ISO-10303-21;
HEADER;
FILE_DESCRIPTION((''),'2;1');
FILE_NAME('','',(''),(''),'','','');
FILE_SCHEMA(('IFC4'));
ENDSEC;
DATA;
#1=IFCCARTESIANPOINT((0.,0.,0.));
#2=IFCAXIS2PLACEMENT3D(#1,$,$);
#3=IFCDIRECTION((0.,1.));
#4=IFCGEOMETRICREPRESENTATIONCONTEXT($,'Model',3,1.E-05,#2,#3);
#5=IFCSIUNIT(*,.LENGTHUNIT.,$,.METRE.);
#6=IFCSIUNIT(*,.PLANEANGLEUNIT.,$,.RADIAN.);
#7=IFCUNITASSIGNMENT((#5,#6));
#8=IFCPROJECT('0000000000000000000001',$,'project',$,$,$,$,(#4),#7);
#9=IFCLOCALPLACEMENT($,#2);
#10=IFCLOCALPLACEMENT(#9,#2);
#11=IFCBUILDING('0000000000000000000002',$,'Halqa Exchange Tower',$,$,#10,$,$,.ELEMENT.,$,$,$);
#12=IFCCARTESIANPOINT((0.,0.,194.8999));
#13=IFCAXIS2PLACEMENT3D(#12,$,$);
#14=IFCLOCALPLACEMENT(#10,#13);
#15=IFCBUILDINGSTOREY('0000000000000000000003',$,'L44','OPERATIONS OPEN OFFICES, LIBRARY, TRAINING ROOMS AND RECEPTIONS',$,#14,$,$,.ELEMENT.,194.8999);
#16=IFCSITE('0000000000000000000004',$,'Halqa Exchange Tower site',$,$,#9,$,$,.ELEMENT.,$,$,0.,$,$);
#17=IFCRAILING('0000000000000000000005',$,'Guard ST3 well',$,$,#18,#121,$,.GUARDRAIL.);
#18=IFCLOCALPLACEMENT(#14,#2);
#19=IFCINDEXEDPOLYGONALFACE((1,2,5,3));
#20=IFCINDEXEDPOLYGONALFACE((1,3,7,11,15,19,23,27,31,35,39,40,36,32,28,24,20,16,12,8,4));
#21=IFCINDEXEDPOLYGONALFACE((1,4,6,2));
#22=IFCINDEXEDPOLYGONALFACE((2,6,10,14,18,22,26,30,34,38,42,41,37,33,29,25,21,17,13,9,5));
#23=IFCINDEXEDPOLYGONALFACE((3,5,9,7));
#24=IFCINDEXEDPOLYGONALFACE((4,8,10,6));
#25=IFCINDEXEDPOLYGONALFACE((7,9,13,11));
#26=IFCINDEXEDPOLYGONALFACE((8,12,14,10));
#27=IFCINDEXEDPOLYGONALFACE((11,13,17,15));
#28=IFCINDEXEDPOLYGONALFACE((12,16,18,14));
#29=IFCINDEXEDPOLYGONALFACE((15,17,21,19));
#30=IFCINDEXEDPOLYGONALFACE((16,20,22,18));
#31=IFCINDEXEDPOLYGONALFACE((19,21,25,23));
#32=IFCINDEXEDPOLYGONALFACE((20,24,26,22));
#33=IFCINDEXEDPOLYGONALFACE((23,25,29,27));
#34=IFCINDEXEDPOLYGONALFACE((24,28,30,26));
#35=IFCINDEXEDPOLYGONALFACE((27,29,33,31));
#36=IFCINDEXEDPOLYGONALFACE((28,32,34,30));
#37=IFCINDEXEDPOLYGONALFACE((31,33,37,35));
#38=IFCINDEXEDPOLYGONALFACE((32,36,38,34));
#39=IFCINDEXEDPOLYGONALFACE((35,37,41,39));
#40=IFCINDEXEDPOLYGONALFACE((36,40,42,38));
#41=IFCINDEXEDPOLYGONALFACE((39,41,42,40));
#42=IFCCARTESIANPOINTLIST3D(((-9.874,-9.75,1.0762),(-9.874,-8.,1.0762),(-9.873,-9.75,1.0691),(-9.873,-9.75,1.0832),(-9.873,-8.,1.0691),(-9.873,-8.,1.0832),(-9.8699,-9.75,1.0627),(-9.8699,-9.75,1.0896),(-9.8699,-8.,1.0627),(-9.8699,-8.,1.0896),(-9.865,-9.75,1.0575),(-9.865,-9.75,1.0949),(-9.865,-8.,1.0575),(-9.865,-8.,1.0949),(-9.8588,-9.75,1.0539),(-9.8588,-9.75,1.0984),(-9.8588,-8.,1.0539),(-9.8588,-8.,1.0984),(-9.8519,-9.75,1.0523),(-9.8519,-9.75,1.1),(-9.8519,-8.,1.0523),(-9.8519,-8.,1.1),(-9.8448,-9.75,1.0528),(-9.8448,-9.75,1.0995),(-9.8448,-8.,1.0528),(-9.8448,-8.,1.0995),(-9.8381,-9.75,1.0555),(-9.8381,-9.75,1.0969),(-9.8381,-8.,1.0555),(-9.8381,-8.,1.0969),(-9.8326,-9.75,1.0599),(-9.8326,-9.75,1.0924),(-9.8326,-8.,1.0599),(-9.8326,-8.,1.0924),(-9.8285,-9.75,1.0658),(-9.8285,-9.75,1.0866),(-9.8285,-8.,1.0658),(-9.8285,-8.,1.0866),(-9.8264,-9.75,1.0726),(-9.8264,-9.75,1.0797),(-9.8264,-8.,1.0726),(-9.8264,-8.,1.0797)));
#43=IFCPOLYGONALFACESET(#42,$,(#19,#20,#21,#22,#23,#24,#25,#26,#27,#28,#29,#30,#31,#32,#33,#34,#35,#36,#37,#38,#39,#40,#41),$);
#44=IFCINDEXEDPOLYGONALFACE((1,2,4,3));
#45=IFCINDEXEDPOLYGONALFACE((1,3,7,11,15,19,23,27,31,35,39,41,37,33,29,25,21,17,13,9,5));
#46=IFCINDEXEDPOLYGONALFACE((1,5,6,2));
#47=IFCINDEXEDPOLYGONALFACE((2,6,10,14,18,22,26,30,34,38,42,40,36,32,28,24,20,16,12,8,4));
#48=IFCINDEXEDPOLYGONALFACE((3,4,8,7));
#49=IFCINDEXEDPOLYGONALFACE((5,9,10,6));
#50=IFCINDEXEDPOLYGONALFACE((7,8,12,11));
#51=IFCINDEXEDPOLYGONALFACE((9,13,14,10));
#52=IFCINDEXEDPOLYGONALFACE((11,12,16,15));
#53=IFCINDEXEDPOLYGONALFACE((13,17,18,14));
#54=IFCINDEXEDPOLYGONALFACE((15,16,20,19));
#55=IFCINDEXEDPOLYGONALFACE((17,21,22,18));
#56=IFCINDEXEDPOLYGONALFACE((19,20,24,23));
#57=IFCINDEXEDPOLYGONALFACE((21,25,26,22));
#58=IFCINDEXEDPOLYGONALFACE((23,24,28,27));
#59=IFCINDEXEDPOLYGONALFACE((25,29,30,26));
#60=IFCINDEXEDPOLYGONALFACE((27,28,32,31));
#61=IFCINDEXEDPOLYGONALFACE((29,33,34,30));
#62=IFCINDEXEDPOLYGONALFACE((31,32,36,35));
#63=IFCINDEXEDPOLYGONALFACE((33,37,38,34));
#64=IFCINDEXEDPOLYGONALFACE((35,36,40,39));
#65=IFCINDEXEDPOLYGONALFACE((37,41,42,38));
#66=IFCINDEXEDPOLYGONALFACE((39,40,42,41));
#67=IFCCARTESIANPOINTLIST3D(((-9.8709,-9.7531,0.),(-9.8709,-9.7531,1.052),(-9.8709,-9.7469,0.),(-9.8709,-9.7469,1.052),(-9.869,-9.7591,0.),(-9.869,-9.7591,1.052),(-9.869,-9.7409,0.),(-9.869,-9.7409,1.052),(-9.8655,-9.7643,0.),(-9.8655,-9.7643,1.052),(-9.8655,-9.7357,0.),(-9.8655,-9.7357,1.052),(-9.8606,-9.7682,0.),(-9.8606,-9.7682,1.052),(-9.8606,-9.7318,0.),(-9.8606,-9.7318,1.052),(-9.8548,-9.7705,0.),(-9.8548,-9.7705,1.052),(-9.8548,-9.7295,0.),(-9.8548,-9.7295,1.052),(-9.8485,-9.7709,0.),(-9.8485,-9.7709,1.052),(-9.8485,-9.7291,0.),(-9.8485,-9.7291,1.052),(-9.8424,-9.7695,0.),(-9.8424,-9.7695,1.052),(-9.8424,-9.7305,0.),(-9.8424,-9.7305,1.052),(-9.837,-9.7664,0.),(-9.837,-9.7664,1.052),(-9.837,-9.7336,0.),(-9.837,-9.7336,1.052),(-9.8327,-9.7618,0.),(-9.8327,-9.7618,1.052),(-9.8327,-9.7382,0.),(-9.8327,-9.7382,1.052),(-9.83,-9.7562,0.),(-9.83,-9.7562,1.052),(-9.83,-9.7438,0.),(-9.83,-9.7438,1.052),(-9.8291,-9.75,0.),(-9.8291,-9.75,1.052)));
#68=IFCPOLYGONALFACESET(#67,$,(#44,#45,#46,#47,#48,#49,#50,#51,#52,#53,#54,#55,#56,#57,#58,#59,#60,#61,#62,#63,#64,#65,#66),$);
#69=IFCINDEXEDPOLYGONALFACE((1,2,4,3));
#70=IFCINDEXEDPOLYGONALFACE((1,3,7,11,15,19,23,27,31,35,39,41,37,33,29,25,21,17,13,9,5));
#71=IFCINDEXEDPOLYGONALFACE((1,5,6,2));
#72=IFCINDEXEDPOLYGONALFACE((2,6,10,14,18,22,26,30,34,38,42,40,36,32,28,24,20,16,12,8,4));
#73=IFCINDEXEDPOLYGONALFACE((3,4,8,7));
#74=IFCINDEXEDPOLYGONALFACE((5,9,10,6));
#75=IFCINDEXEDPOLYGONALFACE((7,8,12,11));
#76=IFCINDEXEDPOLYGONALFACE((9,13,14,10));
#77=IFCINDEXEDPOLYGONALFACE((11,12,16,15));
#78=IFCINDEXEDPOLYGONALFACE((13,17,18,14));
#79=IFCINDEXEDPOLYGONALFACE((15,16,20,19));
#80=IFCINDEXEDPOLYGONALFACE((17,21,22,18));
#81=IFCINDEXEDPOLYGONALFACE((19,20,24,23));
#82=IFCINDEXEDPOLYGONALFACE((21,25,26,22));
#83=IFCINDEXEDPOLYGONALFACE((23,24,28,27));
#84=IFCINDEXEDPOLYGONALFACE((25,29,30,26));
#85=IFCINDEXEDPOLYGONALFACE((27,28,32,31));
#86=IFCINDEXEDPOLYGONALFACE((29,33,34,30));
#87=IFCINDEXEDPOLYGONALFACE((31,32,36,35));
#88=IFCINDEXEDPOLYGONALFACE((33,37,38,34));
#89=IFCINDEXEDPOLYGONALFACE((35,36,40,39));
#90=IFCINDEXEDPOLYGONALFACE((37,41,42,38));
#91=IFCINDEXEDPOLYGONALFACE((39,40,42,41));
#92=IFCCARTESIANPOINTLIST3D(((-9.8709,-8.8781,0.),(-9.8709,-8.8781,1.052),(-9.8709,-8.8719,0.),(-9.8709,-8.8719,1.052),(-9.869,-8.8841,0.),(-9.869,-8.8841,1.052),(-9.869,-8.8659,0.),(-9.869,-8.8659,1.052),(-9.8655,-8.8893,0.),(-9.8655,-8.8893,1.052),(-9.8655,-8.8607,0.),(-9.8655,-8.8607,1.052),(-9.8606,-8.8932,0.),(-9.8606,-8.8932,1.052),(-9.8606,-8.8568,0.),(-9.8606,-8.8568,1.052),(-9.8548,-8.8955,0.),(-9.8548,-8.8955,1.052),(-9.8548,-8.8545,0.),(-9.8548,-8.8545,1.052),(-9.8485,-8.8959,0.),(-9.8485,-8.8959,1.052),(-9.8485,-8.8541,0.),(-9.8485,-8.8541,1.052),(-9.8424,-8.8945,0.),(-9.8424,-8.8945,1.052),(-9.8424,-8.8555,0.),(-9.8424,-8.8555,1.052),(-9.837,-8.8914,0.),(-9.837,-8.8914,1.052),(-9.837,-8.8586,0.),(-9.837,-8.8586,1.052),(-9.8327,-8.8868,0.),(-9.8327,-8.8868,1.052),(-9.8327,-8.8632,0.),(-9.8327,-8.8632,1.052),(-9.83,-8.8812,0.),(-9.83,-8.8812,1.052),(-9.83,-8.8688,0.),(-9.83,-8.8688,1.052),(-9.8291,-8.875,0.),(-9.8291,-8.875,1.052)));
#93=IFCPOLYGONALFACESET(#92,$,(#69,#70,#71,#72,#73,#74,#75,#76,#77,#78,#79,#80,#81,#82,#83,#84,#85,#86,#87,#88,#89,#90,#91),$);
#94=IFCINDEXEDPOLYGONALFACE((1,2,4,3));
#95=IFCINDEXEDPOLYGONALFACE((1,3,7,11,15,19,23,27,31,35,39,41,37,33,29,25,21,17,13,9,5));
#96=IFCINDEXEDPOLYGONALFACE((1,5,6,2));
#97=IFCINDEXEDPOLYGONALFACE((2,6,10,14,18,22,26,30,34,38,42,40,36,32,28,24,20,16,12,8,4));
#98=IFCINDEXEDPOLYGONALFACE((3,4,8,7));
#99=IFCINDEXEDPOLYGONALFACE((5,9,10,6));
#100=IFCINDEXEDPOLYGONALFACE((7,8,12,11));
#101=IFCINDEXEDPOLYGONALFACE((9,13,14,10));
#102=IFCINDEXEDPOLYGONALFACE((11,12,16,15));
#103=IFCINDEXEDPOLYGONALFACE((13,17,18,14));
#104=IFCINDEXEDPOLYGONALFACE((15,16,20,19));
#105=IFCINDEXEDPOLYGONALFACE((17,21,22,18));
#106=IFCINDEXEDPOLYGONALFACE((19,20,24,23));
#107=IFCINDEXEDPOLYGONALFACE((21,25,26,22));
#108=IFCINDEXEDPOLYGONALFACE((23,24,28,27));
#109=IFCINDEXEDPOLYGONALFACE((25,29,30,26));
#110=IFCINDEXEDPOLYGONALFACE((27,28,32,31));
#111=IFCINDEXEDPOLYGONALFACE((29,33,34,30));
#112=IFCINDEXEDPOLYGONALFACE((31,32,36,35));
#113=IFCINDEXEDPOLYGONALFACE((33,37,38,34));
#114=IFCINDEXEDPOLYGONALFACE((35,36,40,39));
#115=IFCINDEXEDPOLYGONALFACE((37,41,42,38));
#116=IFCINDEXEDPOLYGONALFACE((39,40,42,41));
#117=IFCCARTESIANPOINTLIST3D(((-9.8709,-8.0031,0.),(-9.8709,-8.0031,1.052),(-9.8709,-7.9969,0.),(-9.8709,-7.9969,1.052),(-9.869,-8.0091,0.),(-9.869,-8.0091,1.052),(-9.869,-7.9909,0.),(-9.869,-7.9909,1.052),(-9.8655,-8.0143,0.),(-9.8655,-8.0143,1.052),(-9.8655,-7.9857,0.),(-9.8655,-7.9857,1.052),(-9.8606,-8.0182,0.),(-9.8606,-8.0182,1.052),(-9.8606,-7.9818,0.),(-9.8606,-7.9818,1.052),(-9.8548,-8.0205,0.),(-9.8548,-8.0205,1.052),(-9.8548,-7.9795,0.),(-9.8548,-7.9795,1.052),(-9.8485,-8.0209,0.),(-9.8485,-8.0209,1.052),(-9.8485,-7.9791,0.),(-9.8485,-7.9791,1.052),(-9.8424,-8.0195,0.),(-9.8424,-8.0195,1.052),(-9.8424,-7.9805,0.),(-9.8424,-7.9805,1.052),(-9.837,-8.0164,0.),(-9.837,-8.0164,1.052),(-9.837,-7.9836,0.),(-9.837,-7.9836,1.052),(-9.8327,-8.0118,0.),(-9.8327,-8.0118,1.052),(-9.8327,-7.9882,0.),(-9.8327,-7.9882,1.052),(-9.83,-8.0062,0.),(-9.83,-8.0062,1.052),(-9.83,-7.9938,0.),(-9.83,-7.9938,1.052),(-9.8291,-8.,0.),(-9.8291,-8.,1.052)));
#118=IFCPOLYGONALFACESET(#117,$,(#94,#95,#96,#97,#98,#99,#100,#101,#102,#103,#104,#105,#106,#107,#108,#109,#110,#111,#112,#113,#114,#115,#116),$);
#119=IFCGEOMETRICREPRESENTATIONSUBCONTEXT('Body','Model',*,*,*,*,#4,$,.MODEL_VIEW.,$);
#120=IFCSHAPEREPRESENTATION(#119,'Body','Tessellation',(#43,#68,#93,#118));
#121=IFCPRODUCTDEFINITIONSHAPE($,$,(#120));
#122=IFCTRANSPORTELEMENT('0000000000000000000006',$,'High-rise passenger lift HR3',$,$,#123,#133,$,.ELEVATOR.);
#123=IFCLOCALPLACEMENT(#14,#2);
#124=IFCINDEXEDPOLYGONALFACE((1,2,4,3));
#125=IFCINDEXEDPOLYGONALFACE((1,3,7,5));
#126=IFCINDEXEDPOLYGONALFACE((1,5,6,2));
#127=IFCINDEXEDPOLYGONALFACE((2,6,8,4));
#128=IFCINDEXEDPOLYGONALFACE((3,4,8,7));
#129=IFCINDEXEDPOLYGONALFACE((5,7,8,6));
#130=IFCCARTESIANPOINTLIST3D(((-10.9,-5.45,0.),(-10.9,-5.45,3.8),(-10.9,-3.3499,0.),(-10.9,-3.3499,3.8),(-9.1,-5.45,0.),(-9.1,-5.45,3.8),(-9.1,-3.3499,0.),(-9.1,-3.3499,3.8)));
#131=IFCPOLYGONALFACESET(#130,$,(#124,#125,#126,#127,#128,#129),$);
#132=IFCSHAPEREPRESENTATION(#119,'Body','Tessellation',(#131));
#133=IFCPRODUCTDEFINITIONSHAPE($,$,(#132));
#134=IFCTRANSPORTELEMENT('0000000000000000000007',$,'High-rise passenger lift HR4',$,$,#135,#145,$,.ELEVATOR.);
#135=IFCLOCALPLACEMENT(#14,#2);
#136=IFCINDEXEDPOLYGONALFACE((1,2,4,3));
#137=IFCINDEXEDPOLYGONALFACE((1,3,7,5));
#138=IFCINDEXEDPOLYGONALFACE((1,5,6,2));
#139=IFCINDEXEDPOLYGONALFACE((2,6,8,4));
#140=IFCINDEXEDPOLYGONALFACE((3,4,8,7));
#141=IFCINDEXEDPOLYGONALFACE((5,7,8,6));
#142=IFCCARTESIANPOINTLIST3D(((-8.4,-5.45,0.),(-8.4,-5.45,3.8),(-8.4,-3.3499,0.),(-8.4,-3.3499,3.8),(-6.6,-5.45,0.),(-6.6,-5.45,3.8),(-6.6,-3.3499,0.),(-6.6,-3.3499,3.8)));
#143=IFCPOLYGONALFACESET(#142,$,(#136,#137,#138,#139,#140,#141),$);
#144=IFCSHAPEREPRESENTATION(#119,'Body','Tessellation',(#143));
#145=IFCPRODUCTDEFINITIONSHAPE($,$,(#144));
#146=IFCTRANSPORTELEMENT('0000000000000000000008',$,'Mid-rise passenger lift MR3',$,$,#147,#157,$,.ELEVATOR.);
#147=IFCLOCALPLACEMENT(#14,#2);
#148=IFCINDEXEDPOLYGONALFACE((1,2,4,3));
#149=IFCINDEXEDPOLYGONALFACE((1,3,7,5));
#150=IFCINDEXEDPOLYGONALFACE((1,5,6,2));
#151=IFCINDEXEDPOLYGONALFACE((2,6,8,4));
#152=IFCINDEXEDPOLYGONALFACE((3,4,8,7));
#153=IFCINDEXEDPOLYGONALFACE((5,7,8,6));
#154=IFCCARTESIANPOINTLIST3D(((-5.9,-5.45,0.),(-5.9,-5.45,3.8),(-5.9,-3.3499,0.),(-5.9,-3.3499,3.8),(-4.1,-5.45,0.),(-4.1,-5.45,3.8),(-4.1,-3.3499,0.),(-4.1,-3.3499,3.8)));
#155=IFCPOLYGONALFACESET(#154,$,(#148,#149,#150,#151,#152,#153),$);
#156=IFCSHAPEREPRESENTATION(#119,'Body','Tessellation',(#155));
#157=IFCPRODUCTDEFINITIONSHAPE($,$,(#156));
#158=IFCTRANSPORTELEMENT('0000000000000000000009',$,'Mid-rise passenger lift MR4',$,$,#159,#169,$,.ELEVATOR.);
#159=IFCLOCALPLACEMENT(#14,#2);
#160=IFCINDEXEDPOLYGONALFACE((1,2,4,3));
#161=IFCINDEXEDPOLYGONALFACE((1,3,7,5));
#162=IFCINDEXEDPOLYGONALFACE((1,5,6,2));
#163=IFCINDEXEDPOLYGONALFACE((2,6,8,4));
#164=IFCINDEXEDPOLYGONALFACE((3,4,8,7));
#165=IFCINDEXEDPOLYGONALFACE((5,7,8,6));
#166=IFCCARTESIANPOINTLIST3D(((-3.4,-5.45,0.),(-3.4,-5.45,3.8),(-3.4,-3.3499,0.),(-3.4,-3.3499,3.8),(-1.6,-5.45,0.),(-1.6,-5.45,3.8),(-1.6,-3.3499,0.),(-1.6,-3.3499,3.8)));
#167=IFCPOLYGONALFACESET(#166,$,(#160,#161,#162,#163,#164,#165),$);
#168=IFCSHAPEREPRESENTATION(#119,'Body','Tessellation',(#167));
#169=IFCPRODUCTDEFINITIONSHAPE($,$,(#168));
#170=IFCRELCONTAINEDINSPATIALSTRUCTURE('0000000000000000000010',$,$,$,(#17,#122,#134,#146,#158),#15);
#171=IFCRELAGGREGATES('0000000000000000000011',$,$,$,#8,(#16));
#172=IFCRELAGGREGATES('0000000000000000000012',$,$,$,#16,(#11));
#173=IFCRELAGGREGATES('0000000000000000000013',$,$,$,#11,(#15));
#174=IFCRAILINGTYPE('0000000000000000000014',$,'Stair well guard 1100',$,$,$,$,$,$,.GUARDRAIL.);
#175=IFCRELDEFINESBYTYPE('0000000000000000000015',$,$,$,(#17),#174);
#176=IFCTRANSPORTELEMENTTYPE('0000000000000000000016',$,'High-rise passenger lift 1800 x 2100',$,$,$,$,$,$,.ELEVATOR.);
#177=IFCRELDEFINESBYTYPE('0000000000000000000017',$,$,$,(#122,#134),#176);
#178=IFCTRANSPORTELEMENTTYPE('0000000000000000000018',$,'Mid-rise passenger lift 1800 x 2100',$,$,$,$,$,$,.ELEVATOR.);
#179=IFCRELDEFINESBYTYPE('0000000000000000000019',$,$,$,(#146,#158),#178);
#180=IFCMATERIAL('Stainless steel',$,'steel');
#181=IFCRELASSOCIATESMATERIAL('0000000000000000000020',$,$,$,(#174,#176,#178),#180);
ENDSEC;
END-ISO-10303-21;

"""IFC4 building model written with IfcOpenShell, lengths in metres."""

from ifc_helpers import new_model, si_unit, direction, frame, origin, origin_2d, place, context, subcontext, project, spatial, rectangle, circle, extrude, material, type_object, element, save


model = new_model("IFC4")

# Units and contexts
model_context = context("Model", 3, precision=1e-05, world=origin(), true_north=direction((0.0, 1.0)))
body_context = subcontext(model_context, "Body", "Model", "MODEL_VIEW")
ifc_project = project(units=[si_unit("LENGTHUNIT", "METRE"), si_unit("PLANEANGLEUNIT", "RADIAN")], contexts=[model_context])

# Site, building, storey
site_placement = place(None, origin())
site = spatial("IfcSite", under=ifc_project, at=site_placement, Name="Halqa Exchange Tower site", CompositionType="ELEMENT", RefElevation=0.0)
building_placement = place(site_placement, origin())
building = spatial("IfcBuilding", under=site, at=building_placement, Name="Halqa Exchange Tower", CompositionType="ELEMENT")
storey_placement = place(building_placement, frame((0.0, 0.0, 194.8999)))
storey = spatial("IfcBuildingStorey", under=building, at=storey_placement, Name="L44", Description="OPERATIONS OPEN OFFICES, LIBRARY, TRAINING ROOMS AND RECEPTIONS", CompositionType="ELEMENT", Elevation=194.8999)

# Shared definitions
ifc_material_1 = material(Name="Stainless steel", Category="steel")

# Railing
railing_type_1 = type_object("IfcRailingType", Name="Stair well guard 1100", PredefinedType="GUARDRAIL", material=ifc_material_1)
railing_1_placement = place(storey_placement, frame((-9.8501, -9.75, 0.0)))
element("IfcRailing", 1, at=railing_1_placement, inside=storey, type_object=railing_type_1, Name="Guard ST3 well", PredefinedType="GUARDRAIL", context=body_context, shape_type="SweptSolid", body=[
    extrude(circle(Radius=0.0239, at=origin_2d()), frame((0.0, 0.0, 1.0762), z_axis=(0.0, 1.0, 0.0), x_axis=(-1.0, 0.0, 0.0)), (0.0, 0.0, 1.0), 1.75),
    extrude(circle(Radius=0.021, at=origin_2d()), origin(), (0.0, 0.0, 1.0), 1.052),
    extrude(circle(Radius=0.021, at=origin_2d()), frame((0.0, 0.875, 0.0)), (0.0, 0.0, 1.0), 1.052),
    extrude(circle(Radius=0.021, at=origin_2d()), frame((0.0, 1.75, 0.0)), (0.0, 0.0, 1.0), 1.052),
])

# Transport elements
transport_element_type_1 = type_object("IfcTransportElementType", Name="High-rise passenger lift 1800 x 2100", PredefinedType="ELEVATOR", material=ifc_material_1)
for number, where, z_axis, x_axis, name in (
    (2, (-10.0, -4.3999, 0.0), (0.0, 0.0, 1.0), (1.0, 0.0, 0.0), "High-rise passenger lift HR3"),
    (3, (-7.5, -4.3999, 0.0), (0.0, 0.0, 1.0), (1.0, 0.0, 0.0), "High-rise passenger lift HR4"),
):
    element("IfcTransportElement", number, at=place(storey_placement, frame(where, z_axis=z_axis, x_axis=x_axis)), inside=storey, type_object=transport_element_type_1, Name=name, PredefinedType="ELEVATOR", context=body_context, shape_type="SweptSolid", body=[
        extrude(rectangle(XDim=1.8, YDim=2.1001, at=origin_2d()), origin(), (0.0, 0.0, 1.0), 3.8),
    ])
transport_element_type_2 = type_object("IfcTransportElementType", Name="Mid-rise passenger lift 1800 x 2100", PredefinedType="ELEVATOR", material=ifc_material_1)
for number, where, z_axis, x_axis, name in (
    (4, (-5.0, -4.3999, 0.0), (0.0, 0.0, 1.0), (1.0, 0.0, 0.0), "Mid-rise passenger lift MR3"),
    (5, (-2.5, -4.3999, 0.0), (0.0, 0.0, 1.0), (1.0, 0.0, 0.0), "Mid-rise passenger lift MR4"),
):
    element("IfcTransportElement", number, at=place(storey_placement, frame(where, z_axis=z_axis, x_axis=x_axis)), inside=storey, type_object=transport_element_type_2, Name=name, PredefinedType="ELEVATOR", context=body_context, shape_type="SweptSolid", body=[
        extrude(rectangle(XDim=1.8, YDim=2.1001, at=origin_2d()), origin(), (0.0, 0.0, 1.0), 3.8),
    ])

save(model, "model.ifc")
